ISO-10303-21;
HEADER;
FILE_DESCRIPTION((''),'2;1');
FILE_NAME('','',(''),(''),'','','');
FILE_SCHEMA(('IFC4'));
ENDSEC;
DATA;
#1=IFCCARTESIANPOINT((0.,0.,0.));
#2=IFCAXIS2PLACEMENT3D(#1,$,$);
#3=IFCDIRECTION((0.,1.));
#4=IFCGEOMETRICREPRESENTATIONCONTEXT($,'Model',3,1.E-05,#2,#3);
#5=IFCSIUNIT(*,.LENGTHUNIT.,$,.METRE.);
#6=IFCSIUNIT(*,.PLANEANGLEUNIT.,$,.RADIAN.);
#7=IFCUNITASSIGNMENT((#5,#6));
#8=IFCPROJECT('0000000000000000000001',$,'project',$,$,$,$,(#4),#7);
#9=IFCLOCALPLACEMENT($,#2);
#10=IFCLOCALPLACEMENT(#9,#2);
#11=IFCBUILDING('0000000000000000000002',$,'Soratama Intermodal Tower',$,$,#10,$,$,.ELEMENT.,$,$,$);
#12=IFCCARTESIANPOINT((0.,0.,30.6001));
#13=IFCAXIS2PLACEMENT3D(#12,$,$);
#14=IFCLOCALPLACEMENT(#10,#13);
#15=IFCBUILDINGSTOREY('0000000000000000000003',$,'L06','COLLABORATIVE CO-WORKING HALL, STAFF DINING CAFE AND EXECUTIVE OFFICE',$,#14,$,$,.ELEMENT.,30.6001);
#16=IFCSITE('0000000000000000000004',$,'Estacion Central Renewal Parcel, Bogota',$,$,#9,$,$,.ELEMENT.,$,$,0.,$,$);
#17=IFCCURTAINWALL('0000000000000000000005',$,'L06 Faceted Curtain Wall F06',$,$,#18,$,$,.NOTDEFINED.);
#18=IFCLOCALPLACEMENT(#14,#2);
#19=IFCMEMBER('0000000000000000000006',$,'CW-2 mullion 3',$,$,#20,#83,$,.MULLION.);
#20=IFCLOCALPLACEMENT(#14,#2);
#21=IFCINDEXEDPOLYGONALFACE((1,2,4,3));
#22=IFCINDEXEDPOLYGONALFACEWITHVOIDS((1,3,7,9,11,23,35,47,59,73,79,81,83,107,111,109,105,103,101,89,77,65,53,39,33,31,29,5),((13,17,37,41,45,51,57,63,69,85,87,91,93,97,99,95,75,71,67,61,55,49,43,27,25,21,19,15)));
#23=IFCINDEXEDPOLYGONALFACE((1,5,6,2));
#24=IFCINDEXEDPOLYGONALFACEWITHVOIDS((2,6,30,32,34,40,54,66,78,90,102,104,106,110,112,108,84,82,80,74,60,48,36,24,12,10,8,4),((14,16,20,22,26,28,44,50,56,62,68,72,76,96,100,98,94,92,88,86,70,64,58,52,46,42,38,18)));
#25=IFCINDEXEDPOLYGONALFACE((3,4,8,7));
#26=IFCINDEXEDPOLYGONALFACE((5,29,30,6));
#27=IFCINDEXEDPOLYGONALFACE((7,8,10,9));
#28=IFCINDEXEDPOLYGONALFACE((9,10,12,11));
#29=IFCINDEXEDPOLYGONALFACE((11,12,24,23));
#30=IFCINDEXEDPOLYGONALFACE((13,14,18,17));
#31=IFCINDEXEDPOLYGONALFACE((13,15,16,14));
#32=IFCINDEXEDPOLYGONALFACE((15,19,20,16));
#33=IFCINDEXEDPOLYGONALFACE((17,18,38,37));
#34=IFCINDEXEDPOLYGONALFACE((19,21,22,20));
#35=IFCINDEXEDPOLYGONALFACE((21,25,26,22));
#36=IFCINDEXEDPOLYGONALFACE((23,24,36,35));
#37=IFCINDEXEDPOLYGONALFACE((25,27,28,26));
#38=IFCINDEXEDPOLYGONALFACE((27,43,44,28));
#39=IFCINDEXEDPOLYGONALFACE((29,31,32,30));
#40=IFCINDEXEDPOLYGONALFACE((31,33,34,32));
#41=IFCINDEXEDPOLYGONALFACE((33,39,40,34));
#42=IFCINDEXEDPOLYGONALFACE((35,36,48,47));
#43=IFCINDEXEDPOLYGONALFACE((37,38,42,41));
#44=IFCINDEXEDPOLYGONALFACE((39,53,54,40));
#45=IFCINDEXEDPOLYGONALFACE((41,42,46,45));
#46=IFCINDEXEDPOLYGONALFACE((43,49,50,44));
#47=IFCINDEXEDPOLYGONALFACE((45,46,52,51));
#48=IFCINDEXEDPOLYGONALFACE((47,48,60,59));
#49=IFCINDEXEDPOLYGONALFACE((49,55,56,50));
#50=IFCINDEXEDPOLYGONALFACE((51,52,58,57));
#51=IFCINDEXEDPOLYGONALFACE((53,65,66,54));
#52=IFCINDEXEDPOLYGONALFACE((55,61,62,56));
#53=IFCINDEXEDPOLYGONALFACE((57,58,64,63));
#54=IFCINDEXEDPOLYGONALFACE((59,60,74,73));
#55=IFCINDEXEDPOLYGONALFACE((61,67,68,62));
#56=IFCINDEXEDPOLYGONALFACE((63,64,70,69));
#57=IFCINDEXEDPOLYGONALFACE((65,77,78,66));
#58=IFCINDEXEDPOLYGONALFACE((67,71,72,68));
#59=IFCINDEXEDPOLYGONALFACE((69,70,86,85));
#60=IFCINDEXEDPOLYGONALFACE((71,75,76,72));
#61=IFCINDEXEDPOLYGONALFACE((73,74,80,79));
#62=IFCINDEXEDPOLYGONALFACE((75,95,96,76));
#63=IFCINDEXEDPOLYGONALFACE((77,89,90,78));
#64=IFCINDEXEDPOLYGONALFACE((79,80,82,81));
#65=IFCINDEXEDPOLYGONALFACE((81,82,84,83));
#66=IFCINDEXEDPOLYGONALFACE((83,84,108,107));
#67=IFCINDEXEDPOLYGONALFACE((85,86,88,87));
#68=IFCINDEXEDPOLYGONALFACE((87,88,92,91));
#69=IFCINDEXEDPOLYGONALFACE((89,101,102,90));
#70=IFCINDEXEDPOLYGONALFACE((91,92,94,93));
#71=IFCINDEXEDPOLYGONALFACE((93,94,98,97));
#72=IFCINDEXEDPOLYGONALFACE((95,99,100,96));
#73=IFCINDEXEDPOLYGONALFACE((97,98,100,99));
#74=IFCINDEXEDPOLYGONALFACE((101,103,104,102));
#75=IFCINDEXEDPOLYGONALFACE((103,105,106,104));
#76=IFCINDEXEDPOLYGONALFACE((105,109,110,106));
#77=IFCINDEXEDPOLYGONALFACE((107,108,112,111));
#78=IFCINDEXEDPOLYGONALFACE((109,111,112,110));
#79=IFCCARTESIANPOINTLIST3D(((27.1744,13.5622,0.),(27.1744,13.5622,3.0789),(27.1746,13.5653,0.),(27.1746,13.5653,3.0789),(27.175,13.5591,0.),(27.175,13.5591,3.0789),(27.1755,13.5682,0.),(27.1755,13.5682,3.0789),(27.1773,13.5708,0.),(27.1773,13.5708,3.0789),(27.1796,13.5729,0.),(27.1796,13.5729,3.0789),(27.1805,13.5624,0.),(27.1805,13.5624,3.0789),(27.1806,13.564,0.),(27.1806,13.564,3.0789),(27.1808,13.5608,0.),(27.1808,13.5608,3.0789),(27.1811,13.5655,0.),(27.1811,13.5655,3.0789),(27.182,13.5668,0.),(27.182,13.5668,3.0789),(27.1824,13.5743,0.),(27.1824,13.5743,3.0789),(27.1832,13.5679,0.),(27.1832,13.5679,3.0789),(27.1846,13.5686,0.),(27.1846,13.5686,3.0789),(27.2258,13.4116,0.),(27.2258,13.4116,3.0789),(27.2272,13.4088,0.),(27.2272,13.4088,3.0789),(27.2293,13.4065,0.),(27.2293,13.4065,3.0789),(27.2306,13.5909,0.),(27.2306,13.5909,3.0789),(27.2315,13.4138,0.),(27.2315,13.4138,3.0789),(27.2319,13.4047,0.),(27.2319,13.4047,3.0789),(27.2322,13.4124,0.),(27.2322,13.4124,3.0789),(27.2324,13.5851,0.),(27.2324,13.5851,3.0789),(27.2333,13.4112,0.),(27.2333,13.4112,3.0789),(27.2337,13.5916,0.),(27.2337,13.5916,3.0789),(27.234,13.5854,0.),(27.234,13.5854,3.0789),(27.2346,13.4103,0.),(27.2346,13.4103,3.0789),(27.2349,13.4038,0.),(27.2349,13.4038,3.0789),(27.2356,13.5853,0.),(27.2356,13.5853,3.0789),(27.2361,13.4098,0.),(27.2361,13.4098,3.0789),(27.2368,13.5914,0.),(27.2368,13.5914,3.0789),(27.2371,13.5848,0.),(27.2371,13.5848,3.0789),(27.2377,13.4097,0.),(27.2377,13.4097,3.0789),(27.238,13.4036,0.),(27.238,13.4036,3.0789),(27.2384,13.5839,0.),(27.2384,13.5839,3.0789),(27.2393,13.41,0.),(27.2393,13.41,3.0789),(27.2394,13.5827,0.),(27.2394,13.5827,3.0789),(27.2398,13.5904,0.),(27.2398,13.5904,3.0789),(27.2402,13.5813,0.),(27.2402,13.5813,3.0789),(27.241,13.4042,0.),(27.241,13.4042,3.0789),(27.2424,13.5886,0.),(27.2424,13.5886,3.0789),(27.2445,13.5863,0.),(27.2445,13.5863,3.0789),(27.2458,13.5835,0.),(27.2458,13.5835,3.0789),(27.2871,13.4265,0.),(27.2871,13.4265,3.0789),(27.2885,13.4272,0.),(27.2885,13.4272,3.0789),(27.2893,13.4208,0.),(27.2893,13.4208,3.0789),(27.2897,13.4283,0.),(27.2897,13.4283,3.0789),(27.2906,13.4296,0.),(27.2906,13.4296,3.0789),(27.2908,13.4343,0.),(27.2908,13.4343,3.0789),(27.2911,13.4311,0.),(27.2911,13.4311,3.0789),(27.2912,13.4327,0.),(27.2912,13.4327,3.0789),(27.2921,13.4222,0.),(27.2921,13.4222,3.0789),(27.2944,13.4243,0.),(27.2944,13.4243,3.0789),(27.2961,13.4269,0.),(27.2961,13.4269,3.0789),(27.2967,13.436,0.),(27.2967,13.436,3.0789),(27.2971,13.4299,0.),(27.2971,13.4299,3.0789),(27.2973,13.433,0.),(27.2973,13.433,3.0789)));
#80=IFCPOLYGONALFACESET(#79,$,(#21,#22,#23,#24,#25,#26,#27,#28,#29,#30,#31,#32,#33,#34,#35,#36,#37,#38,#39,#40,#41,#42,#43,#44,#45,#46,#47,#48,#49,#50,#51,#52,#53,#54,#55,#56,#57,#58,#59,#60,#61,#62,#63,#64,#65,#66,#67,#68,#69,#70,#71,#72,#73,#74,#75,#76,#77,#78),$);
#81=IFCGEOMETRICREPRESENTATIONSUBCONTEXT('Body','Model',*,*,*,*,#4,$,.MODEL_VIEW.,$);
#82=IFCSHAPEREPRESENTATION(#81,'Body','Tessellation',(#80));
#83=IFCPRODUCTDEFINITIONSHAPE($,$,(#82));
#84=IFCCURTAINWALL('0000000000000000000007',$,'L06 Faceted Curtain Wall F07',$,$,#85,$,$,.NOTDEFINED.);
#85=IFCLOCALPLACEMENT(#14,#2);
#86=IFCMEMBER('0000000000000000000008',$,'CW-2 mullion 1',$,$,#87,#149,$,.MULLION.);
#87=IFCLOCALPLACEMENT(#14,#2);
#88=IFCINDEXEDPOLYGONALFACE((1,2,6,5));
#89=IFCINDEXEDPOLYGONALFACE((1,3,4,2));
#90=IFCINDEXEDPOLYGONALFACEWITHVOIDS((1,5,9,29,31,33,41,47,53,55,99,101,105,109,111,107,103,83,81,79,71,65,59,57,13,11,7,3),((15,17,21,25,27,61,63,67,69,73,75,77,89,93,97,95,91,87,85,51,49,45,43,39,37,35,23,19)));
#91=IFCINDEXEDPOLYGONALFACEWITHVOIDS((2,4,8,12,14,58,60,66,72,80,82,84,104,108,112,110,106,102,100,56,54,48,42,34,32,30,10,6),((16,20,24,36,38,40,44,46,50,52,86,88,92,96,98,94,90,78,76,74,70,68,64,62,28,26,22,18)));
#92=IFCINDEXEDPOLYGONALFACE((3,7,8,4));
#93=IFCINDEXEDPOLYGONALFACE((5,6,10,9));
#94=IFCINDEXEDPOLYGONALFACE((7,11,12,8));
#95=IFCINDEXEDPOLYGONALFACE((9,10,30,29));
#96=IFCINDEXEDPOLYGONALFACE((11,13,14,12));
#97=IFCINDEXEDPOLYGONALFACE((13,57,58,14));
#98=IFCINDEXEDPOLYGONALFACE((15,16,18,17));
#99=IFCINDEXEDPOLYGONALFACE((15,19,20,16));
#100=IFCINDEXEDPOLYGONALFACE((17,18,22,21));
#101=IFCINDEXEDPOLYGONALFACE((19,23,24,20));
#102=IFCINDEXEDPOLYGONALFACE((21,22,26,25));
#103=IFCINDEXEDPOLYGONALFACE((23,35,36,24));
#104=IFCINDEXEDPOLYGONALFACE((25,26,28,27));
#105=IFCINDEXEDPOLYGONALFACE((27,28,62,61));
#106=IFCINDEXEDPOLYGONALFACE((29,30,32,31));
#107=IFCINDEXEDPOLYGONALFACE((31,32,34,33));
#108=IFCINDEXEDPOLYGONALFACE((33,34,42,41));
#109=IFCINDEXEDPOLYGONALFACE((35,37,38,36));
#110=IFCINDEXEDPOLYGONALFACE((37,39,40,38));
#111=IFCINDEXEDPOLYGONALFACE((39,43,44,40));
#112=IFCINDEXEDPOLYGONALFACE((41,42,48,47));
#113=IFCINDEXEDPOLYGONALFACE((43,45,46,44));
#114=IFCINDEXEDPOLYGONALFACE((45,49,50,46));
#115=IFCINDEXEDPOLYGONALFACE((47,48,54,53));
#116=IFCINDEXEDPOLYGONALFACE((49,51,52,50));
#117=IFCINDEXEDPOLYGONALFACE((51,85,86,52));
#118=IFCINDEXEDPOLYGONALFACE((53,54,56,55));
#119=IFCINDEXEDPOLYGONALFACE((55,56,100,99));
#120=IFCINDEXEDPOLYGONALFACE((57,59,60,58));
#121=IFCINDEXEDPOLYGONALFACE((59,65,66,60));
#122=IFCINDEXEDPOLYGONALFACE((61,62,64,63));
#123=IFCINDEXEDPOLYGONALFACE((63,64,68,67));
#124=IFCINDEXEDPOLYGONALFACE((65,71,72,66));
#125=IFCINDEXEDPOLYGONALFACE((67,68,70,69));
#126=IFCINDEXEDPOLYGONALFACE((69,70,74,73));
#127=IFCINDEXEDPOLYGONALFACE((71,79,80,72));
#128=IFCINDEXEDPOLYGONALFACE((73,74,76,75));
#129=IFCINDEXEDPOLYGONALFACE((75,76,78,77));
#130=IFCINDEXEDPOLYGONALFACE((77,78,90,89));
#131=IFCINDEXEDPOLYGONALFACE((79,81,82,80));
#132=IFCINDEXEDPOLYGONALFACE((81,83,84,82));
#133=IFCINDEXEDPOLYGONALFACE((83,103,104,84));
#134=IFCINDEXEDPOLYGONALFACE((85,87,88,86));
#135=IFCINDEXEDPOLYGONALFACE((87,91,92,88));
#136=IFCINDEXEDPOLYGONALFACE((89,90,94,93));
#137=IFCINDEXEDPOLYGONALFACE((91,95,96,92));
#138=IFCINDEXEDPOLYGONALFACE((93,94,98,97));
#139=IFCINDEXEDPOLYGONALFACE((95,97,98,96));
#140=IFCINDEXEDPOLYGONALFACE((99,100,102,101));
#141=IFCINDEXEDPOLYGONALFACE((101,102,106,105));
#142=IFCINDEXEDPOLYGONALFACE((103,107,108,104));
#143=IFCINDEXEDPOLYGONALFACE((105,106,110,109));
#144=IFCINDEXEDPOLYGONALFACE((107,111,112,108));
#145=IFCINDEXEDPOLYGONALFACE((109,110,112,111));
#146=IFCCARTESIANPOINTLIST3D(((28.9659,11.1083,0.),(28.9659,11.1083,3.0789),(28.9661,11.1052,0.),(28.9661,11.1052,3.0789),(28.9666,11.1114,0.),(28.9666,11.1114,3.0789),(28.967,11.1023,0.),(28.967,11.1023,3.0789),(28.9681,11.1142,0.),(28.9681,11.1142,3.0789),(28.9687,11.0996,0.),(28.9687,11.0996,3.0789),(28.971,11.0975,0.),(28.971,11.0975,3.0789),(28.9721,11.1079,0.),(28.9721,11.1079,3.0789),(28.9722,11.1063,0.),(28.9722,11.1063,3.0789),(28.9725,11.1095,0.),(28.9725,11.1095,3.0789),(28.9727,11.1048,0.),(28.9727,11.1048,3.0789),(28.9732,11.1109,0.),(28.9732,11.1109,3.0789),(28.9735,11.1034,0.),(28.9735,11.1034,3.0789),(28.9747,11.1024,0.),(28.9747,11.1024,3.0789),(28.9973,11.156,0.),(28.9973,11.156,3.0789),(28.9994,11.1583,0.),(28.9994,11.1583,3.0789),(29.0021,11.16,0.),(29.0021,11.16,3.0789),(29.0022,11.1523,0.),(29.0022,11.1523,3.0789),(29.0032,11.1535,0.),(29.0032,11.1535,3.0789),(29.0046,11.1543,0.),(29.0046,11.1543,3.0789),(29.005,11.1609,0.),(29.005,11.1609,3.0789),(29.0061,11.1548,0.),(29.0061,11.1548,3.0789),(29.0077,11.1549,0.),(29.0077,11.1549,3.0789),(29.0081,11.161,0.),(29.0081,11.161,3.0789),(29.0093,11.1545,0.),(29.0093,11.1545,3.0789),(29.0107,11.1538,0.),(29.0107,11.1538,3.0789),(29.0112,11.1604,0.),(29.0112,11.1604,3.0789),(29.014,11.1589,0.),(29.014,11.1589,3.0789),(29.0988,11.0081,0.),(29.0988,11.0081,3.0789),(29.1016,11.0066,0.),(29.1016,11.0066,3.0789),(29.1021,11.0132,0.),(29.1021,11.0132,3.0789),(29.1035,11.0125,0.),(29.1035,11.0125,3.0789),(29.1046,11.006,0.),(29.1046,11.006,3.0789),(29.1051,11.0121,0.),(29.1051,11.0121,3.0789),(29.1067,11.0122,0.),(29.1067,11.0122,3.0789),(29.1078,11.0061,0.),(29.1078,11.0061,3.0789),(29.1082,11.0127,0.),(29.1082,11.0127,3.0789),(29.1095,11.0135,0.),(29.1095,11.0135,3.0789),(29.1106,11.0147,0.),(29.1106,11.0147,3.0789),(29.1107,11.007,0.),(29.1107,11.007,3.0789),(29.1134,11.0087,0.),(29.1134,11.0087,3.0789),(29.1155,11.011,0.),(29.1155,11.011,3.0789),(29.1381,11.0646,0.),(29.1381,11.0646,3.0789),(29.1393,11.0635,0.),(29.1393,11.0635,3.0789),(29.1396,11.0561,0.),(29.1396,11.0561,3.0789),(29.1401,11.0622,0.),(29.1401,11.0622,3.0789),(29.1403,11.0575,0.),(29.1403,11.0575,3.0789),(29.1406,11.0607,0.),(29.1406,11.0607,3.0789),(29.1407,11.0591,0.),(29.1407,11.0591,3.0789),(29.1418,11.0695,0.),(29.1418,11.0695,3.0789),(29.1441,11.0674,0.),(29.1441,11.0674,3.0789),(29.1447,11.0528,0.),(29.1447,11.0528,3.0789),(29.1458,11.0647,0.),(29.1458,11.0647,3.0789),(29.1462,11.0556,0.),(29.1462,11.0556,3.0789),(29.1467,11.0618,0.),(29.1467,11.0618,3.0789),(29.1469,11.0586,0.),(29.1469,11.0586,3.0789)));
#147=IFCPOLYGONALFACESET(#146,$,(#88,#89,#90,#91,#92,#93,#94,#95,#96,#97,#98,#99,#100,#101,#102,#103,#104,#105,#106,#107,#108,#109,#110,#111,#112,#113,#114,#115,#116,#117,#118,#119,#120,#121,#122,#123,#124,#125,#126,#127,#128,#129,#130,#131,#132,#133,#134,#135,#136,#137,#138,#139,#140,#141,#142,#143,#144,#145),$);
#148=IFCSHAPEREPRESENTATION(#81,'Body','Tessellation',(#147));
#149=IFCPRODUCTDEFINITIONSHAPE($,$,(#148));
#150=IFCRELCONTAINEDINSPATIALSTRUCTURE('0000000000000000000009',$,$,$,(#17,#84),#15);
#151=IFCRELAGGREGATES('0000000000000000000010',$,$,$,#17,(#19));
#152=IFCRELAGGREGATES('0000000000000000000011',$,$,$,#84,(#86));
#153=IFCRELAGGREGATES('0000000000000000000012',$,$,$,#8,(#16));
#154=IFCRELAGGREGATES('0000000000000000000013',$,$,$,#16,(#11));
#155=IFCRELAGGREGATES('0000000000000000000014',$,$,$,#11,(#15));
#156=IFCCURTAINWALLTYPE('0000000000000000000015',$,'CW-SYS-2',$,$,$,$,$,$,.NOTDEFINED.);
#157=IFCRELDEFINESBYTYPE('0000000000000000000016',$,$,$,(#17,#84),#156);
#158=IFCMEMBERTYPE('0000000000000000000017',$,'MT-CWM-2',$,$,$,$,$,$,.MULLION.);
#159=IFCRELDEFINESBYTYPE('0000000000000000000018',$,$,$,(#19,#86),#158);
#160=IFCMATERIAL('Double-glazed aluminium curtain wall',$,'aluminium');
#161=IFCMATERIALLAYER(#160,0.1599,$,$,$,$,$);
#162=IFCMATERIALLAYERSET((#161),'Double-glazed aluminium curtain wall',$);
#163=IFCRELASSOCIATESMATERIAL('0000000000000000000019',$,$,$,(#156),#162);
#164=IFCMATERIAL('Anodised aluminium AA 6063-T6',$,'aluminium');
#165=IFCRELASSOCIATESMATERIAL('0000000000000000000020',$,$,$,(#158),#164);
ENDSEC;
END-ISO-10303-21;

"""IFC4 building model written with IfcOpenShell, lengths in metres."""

from ifc_helpers import new_model, si_unit, direction, frame, origin, origin_2d, place, context, subcontext, project, spatial, hollow_rectangle, extrude, material, layer, layer_set, material_profile, profile_set, type_object, element, aggregate, save


model = new_model("IFC4")

# Units and contexts
model_context = context("Model", 3, precision=1e-05, world=origin(), true_north=direction((0.0, 1.0)))
body_context = subcontext(model_context, "Body", "Model", "MODEL_VIEW")
ifc_project = project(units=[si_unit("LENGTHUNIT", "METRE"), si_unit("PLANEANGLEUNIT", "RADIAN")], contexts=[model_context])

# Site, building, storey
site_placement = place(None, origin())
site = spatial("IfcSite", under=ifc_project, at=site_placement, Name="Estacion Central Renewal Parcel, Bogota", CompositionType="ELEMENT", RefElevation=0.0)
building_placement = place(site_placement, origin())
building = spatial("IfcBuilding", under=site, at=building_placement, Name="Soratama Intermodal Tower", CompositionType="ELEMENT")
storey_placement = place(building_placement, frame((0.0, 0.0, 30.6001)))
storey = spatial("IfcBuildingStorey", under=building, at=storey_placement, Name="L06", Description="COLLABORATIVE CO-WORKING HALL, STAFF DINING CAFE AND EXECUTIVE OFFICE", CompositionType="ELEMENT", Elevation=30.6001)

# Curtain walls, members
ifc_material_1 = material(Name="Double-glazed aluminium curtain wall", Category="aluminium")
ifc_layer_1 = layer(ifc_material_1, 0.1599)
ifc_layer_set_1 = layer_set([ifc_layer_1], Name="Double-glazed aluminium curtain wall")
curtain_wall_type = type_object("IfcCurtainWallType", Name="CW-SYS-2", PredefinedType="NOTDEFINED", material=ifc_layer_set_1)
curtain_wall_1_placement = place(storey_placement, origin())
curtain_wall_1 = element("IfcCurtainWall", 1, at=curtain_wall_1_placement, inside=storey, type_object=curtain_wall_type, Name="L06 Faceted Curtain Wall F06", PredefinedType="NOTDEFINED")
ifc_material_2 = material(Name="Anodised aluminium AA 6063-T6", Category="aluminium")
ifc_material_profile_1 = material_profile(ifc_material_2, hollow_rectangle(XDim=0.075, YDim=0.1799, WallThickness=0.0061, InnerFilletRadius=0.0061, OuterFilletRadius=0.012, at=origin_2d()), Name="CWM180X75X6")
ifc_profile_set_1 = profile_set([ifc_material_profile_1], Name="Anodised aluminium AA 6063-T6")
member_type_1 = type_object("IfcMemberType", Name="MT-CWM-2", PredefinedType="MULLION", material=ifc_profile_set_1)
member_1_placement = place(storey_placement, frame((27.2358, 13.4976, 0.0), z_axis=(0.0, 0.0, 1.0), x_axis=(0.945406, 0.325894, 0.0)))
member_1 = element("IfcMember", 2, at=member_1_placement, type_object=member_type_1, Name="CW-2 mullion 3", PredefinedType="MULLION", context=body_context, shape_type="SweptSolid", body=[
    extrude(hollow_rectangle(XDim=0.075, YDim=0.1799, WallThickness=0.0061, InnerFilletRadius=0.0061, OuterFilletRadius=0.012, at=origin_2d()), origin(), (0.0, 0.0, 1.0), 3.0789),
])
curtain_wall_2_placement = place(storey_placement, origin())
curtain_wall_2 = element("IfcCurtainWall", 3, at=curtain_wall_2_placement, inside=storey, type_object=curtain_wall_type, Name="L06 Faceted Curtain Wall F07", PredefinedType="NOTDEFINED")
member_2_placement = place(storey_placement, frame((29.0564, 11.0835, 0.0), z_axis=(0.0, 0.0, 1.0), x_axis=(0.573296, 0.819349, 0.0)))
member_2 = element("IfcMember", 4, at=member_2_placement, type_object=member_type_1, Name="CW-2 mullion 1", PredefinedType="MULLION", context=body_context, shape_type="SweptSolid", body=[
    extrude(hollow_rectangle(XDim=0.075, YDim=0.1799, WallThickness=0.0061, InnerFilletRadius=0.0061, OuterFilletRadius=0.012, at=origin_2d()), origin(), (0.0, 0.0, 1.0), 3.0789),
])

aggregate(curtain_wall_1, [member_1])
aggregate(curtain_wall_2, [member_2])

save(model, "model.ifc")
